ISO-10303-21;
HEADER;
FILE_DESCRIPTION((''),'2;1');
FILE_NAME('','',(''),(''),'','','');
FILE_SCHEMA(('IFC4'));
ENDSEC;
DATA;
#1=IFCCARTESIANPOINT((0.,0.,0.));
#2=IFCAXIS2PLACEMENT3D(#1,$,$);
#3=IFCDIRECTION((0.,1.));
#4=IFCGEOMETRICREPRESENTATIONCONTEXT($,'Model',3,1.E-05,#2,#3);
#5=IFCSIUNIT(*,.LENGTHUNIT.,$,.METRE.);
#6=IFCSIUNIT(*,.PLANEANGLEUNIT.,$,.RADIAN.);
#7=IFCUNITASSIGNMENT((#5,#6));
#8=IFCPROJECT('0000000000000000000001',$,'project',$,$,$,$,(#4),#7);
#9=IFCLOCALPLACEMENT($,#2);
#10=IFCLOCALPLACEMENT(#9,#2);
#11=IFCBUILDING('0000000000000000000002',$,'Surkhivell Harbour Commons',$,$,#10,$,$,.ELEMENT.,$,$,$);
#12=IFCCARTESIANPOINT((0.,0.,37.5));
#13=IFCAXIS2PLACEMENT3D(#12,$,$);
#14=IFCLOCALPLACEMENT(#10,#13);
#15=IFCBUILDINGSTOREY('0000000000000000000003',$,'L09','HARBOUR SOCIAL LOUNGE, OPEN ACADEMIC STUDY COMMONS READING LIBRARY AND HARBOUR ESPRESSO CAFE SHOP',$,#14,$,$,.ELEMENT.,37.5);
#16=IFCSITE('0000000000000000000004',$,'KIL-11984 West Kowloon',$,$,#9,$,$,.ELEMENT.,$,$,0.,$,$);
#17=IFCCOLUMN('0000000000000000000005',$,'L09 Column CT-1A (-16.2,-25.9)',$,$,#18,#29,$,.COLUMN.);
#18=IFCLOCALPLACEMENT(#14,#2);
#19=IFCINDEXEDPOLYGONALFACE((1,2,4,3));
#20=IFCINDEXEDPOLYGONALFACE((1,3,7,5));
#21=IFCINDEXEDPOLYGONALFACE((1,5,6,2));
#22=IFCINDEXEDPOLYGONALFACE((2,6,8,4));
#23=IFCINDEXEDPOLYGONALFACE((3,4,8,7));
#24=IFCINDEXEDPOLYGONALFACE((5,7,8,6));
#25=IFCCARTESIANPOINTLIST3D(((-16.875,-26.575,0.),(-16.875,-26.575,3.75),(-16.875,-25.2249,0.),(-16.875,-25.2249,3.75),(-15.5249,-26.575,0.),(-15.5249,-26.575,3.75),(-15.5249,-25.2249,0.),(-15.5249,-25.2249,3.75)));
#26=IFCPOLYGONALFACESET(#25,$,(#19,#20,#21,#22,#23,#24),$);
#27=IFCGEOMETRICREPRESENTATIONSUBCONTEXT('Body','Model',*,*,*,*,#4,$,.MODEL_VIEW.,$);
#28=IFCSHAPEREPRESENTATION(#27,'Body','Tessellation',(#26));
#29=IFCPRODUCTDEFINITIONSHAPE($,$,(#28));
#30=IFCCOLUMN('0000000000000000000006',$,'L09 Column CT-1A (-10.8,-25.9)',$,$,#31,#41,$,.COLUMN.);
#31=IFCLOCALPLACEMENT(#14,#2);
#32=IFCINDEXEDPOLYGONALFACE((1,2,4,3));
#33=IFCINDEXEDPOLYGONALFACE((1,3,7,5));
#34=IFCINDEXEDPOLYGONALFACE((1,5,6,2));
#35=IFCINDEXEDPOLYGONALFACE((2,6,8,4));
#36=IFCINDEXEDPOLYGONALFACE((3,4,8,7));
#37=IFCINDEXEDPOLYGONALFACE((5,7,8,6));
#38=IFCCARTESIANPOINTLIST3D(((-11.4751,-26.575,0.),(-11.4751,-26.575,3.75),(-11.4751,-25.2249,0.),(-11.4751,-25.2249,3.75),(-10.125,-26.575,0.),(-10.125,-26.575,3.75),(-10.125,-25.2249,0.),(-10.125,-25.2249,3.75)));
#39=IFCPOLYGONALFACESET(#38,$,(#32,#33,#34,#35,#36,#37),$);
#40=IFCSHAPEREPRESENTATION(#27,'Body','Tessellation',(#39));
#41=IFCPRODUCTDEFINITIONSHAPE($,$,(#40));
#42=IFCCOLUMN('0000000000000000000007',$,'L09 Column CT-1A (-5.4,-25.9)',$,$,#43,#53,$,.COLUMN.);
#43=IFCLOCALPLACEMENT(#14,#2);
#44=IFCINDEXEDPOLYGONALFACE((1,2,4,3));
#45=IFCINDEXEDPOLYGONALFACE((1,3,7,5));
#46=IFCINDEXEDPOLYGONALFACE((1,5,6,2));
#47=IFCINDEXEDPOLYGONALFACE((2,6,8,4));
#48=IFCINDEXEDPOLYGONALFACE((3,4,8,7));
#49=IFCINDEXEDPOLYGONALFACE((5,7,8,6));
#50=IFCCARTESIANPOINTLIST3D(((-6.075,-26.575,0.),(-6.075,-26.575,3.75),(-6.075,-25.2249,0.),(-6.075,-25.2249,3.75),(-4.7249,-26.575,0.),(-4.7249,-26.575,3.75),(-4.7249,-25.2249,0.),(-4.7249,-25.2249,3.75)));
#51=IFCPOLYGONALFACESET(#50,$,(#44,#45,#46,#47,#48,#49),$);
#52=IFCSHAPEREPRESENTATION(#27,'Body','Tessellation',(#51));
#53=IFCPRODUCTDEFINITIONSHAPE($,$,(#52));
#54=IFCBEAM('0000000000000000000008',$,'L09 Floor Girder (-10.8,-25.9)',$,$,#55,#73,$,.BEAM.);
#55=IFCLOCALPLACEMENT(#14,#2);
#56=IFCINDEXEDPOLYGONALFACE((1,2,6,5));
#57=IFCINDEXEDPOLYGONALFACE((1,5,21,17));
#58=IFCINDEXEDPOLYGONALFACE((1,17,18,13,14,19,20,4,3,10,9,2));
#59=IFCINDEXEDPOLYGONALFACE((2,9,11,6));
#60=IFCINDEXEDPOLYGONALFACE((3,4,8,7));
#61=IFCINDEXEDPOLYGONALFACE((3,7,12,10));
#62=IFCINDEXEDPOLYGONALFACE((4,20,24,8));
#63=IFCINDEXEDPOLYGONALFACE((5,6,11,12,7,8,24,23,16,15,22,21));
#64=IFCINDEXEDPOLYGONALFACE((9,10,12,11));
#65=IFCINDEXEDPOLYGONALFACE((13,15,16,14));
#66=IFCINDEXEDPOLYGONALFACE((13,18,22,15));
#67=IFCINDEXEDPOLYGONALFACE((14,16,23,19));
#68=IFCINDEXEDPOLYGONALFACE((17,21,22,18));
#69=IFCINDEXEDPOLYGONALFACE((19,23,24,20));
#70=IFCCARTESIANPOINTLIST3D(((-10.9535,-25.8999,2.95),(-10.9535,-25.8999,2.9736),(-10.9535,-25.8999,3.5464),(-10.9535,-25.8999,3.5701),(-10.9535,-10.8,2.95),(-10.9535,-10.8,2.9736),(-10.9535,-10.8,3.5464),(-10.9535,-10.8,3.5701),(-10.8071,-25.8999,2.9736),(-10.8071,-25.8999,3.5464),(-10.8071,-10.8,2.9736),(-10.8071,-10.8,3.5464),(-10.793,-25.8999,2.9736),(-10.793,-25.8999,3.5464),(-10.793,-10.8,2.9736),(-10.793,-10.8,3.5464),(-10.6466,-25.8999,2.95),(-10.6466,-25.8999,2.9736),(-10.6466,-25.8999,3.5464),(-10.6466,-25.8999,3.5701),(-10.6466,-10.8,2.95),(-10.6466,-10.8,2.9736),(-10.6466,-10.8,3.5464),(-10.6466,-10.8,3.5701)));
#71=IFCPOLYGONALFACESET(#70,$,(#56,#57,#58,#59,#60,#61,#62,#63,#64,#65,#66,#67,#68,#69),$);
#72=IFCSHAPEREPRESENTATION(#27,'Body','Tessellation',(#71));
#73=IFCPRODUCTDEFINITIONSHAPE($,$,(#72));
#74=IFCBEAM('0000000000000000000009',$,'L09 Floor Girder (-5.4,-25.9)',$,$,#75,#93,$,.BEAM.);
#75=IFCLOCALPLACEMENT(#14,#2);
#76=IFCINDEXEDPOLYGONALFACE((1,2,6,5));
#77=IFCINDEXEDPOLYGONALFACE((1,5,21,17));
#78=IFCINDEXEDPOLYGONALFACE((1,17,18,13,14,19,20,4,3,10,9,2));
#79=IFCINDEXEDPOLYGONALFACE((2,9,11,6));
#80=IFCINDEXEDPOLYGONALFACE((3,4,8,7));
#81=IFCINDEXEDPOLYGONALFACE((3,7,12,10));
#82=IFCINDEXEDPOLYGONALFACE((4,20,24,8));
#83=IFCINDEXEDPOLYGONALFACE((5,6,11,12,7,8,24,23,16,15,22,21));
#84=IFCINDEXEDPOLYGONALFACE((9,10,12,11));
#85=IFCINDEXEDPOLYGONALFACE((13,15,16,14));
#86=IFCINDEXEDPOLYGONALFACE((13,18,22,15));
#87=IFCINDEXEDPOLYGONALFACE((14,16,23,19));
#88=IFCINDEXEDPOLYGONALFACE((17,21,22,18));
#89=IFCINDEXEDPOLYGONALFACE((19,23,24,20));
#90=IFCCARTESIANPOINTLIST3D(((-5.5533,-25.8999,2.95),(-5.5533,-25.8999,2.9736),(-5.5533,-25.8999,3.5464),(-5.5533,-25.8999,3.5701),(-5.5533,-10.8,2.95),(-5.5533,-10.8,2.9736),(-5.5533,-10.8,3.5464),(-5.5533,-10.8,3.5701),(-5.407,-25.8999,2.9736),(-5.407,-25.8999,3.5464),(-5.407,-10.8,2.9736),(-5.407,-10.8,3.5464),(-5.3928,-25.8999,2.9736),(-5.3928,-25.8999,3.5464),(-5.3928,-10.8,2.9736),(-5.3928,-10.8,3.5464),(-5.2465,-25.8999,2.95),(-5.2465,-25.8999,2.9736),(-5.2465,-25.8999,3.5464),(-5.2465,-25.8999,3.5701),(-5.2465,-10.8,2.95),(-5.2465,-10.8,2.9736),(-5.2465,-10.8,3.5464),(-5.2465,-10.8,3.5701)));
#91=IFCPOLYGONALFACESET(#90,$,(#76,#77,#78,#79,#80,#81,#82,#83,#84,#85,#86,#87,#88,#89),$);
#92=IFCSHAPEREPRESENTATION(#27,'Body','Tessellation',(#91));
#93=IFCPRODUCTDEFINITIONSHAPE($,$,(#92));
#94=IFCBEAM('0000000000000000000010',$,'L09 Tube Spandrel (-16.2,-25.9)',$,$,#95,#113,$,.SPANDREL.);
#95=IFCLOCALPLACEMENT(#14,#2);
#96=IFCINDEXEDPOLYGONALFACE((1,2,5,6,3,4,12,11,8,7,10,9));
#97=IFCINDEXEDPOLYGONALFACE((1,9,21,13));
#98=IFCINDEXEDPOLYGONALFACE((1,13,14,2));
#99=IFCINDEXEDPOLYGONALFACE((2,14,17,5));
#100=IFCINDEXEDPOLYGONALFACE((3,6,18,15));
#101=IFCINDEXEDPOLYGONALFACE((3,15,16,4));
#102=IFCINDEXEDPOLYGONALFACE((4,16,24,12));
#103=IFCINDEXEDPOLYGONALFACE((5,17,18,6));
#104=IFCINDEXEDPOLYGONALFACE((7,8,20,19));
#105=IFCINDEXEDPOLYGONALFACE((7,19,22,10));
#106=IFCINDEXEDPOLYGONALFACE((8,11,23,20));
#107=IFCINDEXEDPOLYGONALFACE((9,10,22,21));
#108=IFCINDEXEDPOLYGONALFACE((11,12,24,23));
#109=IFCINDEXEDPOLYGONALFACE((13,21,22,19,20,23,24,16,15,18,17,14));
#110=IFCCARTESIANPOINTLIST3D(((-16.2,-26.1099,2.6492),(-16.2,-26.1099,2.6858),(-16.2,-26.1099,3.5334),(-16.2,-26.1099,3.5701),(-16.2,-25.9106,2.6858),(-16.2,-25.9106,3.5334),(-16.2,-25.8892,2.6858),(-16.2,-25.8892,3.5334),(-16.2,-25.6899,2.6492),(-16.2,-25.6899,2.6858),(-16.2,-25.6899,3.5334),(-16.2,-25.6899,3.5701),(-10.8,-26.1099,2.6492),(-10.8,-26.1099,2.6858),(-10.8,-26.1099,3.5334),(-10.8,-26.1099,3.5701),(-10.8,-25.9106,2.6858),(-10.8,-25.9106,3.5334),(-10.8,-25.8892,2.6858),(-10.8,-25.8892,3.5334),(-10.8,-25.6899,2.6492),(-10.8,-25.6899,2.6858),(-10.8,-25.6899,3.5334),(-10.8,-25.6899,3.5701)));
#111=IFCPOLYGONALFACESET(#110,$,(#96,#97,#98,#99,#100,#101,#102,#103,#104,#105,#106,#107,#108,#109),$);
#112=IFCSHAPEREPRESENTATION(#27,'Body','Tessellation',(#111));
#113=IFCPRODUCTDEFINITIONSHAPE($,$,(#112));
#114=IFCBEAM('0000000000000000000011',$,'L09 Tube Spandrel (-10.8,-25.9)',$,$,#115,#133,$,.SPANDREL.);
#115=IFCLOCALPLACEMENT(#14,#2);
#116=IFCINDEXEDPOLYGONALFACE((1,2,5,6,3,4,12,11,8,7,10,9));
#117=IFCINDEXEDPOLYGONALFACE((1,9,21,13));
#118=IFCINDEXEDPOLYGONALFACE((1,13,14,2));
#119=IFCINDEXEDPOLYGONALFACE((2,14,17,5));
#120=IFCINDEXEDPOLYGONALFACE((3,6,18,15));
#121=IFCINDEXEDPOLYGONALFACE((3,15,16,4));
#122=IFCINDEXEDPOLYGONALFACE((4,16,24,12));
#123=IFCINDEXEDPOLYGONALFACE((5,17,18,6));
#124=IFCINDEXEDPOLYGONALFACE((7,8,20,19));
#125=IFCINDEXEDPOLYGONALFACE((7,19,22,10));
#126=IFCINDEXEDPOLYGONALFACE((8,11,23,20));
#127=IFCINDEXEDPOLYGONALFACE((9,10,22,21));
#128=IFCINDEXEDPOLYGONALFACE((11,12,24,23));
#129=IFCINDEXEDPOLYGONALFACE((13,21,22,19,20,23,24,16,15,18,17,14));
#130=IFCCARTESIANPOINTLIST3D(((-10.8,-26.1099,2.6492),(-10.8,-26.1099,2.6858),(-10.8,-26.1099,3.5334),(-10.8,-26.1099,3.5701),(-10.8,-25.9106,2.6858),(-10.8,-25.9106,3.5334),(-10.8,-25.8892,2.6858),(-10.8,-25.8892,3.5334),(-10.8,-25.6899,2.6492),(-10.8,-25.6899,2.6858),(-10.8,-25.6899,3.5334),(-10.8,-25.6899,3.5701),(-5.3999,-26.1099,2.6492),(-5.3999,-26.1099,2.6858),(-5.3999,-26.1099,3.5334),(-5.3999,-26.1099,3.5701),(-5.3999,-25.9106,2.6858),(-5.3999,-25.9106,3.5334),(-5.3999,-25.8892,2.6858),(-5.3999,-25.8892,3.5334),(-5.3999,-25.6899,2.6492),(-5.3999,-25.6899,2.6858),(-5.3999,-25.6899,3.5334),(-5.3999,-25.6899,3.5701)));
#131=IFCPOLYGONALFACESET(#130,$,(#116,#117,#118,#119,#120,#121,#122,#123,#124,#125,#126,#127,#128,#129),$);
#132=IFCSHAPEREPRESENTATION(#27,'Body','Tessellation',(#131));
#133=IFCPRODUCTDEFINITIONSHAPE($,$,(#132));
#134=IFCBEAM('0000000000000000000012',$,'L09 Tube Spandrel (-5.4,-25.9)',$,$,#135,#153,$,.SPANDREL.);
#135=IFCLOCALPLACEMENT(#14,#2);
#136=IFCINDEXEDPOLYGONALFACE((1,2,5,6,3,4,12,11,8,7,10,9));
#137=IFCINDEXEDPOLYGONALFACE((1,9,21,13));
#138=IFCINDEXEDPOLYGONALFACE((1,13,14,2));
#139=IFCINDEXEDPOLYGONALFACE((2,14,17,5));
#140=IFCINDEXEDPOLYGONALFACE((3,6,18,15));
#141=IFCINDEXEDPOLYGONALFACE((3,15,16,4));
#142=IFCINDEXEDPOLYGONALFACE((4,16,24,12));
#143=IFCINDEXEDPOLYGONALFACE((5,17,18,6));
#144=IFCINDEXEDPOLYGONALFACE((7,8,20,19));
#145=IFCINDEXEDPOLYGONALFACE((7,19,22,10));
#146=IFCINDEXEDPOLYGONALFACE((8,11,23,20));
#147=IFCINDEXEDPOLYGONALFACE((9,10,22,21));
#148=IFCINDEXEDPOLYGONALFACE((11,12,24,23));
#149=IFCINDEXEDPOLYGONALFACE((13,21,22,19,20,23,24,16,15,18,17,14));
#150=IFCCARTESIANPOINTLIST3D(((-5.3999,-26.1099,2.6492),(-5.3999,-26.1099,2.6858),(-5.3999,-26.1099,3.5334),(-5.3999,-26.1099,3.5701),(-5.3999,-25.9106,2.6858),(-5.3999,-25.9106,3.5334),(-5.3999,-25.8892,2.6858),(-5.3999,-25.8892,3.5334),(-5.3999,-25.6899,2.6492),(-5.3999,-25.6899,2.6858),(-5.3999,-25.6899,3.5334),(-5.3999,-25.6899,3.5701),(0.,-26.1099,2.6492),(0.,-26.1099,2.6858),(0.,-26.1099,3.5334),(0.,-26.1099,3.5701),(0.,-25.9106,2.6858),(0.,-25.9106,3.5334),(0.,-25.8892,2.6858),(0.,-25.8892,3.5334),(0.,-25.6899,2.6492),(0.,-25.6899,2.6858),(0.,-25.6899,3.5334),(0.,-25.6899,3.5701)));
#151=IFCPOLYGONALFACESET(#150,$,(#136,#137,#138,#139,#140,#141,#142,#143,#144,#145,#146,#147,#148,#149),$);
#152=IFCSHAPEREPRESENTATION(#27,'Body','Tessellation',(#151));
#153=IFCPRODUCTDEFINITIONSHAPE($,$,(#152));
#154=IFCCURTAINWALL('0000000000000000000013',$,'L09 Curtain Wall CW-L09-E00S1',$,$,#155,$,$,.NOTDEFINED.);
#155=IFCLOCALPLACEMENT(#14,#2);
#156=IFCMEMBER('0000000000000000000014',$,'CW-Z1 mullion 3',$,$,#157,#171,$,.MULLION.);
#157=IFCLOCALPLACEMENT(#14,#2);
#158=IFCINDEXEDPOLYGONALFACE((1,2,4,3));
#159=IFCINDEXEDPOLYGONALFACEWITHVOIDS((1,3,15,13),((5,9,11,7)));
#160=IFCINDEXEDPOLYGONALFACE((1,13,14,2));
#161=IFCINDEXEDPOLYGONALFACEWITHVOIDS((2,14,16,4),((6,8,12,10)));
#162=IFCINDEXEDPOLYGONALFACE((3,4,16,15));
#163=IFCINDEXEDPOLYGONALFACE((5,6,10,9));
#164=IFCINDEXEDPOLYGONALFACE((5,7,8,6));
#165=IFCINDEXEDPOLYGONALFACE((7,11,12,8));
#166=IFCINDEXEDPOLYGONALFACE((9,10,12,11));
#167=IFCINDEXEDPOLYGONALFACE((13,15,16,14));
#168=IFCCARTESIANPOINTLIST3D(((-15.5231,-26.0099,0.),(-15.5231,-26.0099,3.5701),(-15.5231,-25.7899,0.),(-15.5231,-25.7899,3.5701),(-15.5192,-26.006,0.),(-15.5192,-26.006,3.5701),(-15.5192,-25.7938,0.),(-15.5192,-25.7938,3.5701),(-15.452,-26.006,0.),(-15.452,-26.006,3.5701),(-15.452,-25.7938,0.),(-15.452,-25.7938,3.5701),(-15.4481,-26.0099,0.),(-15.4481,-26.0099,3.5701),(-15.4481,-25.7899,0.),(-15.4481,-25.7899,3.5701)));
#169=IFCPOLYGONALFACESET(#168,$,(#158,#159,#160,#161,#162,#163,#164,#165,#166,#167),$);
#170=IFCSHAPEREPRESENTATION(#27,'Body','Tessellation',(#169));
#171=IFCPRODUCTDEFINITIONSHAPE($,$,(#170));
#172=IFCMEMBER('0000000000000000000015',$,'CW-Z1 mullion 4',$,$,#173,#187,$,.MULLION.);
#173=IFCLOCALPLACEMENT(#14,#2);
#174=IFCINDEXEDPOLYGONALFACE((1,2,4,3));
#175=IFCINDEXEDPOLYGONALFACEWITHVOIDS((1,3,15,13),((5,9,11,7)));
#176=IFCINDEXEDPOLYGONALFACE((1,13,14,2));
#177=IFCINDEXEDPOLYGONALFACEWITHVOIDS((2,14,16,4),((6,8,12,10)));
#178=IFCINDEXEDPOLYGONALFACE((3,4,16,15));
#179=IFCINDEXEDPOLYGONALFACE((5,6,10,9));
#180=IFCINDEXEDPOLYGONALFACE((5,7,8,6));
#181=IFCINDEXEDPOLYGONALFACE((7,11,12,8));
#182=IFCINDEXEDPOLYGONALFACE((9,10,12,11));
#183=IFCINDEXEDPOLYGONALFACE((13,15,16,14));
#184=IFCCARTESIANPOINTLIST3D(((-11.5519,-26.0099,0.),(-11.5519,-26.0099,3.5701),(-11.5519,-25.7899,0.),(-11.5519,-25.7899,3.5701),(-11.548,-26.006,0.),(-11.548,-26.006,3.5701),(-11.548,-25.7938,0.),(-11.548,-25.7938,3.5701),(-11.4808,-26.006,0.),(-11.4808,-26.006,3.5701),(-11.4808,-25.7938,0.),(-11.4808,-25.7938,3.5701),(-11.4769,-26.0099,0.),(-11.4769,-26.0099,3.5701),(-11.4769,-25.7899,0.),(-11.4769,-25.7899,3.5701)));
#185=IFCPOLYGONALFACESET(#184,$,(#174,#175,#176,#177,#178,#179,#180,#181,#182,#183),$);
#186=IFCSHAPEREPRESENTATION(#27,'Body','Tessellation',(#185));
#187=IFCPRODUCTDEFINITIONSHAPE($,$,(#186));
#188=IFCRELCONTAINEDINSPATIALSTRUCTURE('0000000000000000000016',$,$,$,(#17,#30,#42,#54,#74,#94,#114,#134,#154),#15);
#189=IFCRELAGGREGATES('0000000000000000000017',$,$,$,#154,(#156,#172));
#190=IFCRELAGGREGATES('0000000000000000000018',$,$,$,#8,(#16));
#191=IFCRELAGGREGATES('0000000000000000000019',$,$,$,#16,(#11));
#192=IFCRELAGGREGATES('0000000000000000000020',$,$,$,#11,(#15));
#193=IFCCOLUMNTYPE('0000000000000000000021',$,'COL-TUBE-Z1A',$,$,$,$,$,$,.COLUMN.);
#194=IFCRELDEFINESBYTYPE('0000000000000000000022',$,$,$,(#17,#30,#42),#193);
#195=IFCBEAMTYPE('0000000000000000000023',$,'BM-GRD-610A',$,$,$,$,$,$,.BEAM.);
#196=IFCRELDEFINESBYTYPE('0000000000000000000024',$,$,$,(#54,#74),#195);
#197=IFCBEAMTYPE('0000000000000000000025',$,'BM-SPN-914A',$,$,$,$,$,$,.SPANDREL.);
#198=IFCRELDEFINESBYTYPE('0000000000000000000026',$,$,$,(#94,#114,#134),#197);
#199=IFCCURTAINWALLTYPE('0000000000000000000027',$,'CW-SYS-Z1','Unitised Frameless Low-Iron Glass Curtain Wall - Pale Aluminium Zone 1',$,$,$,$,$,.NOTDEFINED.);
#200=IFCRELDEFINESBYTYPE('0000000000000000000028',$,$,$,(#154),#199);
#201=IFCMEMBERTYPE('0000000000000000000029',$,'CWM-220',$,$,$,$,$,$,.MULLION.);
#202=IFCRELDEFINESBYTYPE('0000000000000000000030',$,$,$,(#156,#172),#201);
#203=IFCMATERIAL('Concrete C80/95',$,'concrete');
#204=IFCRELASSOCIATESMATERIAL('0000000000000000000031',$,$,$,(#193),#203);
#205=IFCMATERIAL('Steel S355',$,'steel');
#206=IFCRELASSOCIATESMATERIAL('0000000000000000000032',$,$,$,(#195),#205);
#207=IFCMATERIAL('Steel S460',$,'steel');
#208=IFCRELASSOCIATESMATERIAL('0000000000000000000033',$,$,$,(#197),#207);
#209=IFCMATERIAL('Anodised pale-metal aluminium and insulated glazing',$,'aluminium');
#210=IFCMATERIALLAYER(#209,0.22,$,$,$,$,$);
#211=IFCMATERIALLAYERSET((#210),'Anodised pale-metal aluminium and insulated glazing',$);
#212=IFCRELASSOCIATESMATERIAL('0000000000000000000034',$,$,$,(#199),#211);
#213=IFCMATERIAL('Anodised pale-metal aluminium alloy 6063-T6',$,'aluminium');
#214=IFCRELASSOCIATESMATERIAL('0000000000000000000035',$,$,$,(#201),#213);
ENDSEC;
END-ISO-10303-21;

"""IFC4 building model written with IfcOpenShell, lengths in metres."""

from ifc_helpers import new_model, si_unit, direction, frame, origin, origin_2d, place, context, subcontext, project, spatial, rectangle, hollow_rectangle, i_section, extrude, material, layer, layer_set, material_profile, profile_set, type_object, element, aggregate, save


model = new_model("IFC4")

# Units and contexts
model_context = context("Model", 3, precision=1e-05, world=origin(), true_north=direction((0.0, 1.0)))
body_context = subcontext(model_context, "Body", "Model", "MODEL_VIEW")
ifc_project = project(units=[si_unit("LENGTHUNIT", "METRE"), si_unit("PLANEANGLEUNIT", "RADIAN")], contexts=[model_context])

# Site, building, storey
site_placement = place(None, origin())
site = spatial("IfcSite", under=ifc_project, at=site_placement, Name="KIL-11984 West Kowloon", CompositionType="ELEMENT", RefElevation=0.0)
building_placement = place(site_placement, origin())
building = spatial("IfcBuilding", under=site, at=building_placement, Name="Surkhivell Harbour Commons", CompositionType="ELEMENT")
storey_placement = place(building_placement, frame((0.0, 0.0, 37.5)))
storey = spatial("IfcBuildingStorey", under=building, at=storey_placement, Name="L09", Description="HARBOUR SOCIAL LOUNGE, OPEN ACADEMIC STUDY COMMONS READING LIBRARY AND HARBOUR ESPRESSO CAFE SHOP", CompositionType="ELEMENT", Elevation=37.5)

# Columns
ifc_material_1 = material(Name="Concrete C80/95", Category="concrete")
ifc_material_profile_1 = material_profile(ifc_material_1, rectangle(XDim=1.3501, YDim=1.3501, at=origin_2d()), Name="RC-COL-1350x1350")
ifc_profile_set_1 = profile_set([ifc_material_profile_1], Name="Concrete C80/95")
column_type = type_object("IfcColumnType", Name="COL-TUBE-Z1A", PredefinedType="COLUMN", material=ifc_profile_set_1)
for number, where, z_axis, x_axis, name in (
    (1, (-16.2, -25.8999, 0.0), (0.0, 0.0, 1.0), (1.0, 0.0, 0.0), "L09 Column CT-1A (-16.2,-25.9)"),
    (2, (-10.8, -25.8999, 0.0), (0.0, 0.0, 1.0), (1.0, 0.0, 0.0), "L09 Column CT-1A (-10.8,-25.9)"),
    (3, (-5.3999, -25.8999, 0.0), (0.0, 0.0, 1.0), (1.0, 0.0, 0.0), "L09 Column CT-1A (-5.4,-25.9)"),
):
    element("IfcColumn", number, at=place(storey_placement, frame(where, z_axis=z_axis, x_axis=x_axis)), inside=storey, type_object=column_type, Name=name, PredefinedType="COLUMN", context=body_context, shape_type="SweptSolid", body=[
        extrude(rectangle(XDim=1.3501, YDim=1.3501, at=origin_2d()), origin(), (0.0, 0.0, 1.0), 3.75),
    ])

# Beams
ifc_material_2 = material(Name="Steel S355", Category="steel")
ifc_material_profile_2 = material_profile(ifc_material_2, i_section(OverallWidth=0.3069, OverallDepth=0.6201, WebThickness=0.0142, FlangeThickness=0.0237, at=origin_2d()), Name="UB610x305x179")
ifc_profile_set_2 = profile_set([ifc_material_profile_2], Name="Steel S355")
beam_type_1 = type_object("IfcBeamType", Name="BM-GRD-610A", PredefinedType="BEAM", material=ifc_profile_set_2)
for number, where, z_axis, x_axis, name in (
    (4, (-10.8, -25.8999, 3.26), (0.0, 1.0, 0.0), (-1.0, 0.0, 0.0), "L09 Floor Girder (-10.8,-25.9)"),
    (5, (-5.3999, -25.8999, 3.26), (0.0, 1.0, 0.0), (-1.0, 0.0, 0.0), "L09 Floor Girder (-5.4,-25.9)"),
):
    element("IfcBeam", number, at=place(storey_placement, frame(where, z_axis=z_axis, x_axis=x_axis)), inside=storey, type_object=beam_type_1, Name=name, PredefinedType="BEAM", context=body_context, shape_type="SweptSolid", body=[
        extrude(i_section(OverallWidth=0.3069, OverallDepth=0.6201, WebThickness=0.0142, FlangeThickness=0.0237, at=origin_2d()), origin(), (0.0, 0.0, 1.0), 15.0999),
    ])
ifc_material_3 = material(Name="Steel S460", Category="steel")
ifc_material_profile_3 = material_profile(ifc_material_3, i_section(OverallWidth=0.4199, OverallDepth=0.9209, WebThickness=0.0215, FlangeThickness=0.0366, at=origin_2d()), Name="UB914x419x388")
ifc_profile_set_3 = profile_set([ifc_material_profile_3], Name="Steel S460")
beam_type_2 = type_object("IfcBeamType", Name="BM-SPN-914A", PredefinedType="SPANDREL", material=ifc_profile_set_3)
beam_1_placement = place(storey_placement, frame((-16.2, -25.8999, 3.1096), z_axis=(1.0, 0.0, 0.0), x_axis=(0.0, 1.0, 0.0)))
element("IfcBeam", 6, at=beam_1_placement, inside=storey, type_object=beam_type_2, Name="L09 Tube Spandrel (-16.2,-25.9)", PredefinedType="SPANDREL", context=body_context, shape_type="SweptSolid", body=[
    extrude(i_section(OverallWidth=0.4199, OverallDepth=0.9209, WebThickness=0.0215, FlangeThickness=0.0366, at=origin_2d()), origin(), (0.0, 0.0, 1.0), 5.3999),
])
beam_2_placement = place(storey_placement, frame((-10.8, -25.8999, 3.1096), z_axis=(1.0, 0.0, 0.0), x_axis=(0.0, 1.0, 0.0)))
element("IfcBeam", 7, at=beam_2_placement, inside=storey, type_object=beam_type_2, Name="L09 Tube Spandrel (-10.8,-25.9)", PredefinedType="SPANDREL", context=body_context, shape_type="SweptSolid", body=[
    extrude(i_section(OverallWidth=0.4199, OverallDepth=0.9209, WebThickness=0.0215, FlangeThickness=0.0366, at=origin_2d()), origin(), (0.0, 0.0, 1.0), 5.4001),
])
beam_3_placement = place(storey_placement, frame((-5.3999, -25.8999, 3.1096), z_axis=(1.0, 0.0, 0.0), x_axis=(0.0, 1.0, 0.0)))
element("IfcBeam", 8, at=beam_3_placement, inside=storey, type_object=beam_type_2, Name="L09 Tube Spandrel (-5.4,-25.9)", PredefinedType="SPANDREL", context=body_context, shape_type="SweptSolid", body=[
    extrude(i_section(OverallWidth=0.4199, OverallDepth=0.9209, WebThickness=0.0215, FlangeThickness=0.0366, at=origin_2d()), origin(), (0.0, 0.0, 1.0), 5.3999),
])

# Curtain wall, members
ifc_material_4 = material(Name="Anodised pale-metal aluminium and insulated glazing", Category="aluminium")
ifc_layer_1 = layer(ifc_material_4, 0.22)
ifc_layer_set_1 = layer_set([ifc_layer_1], Name="Anodised pale-metal aluminium and insulated glazing")
curtain_wall_type = type_object("IfcCurtainWallType", Name="CW-SYS-Z1", Description="Unitised Frameless Low-Iron Glass Curtain Wall - Pale Aluminium Zone 1", PredefinedType="NOTDEFINED", material=ifc_layer_set_1)
curtain_wall_placement = place(storey_placement, origin())
curtain_wall = element("IfcCurtainWall", 9, at=curtain_wall_placement, inside=storey, type_object=curtain_wall_type, Name="L09 Curtain Wall CW-L09-E00S1", PredefinedType="NOTDEFINED")
ifc_material_5 = material(Name="Anodised pale-metal aluminium alloy 6063-T6", Category="aluminium")
ifc_material_profile_4 = material_profile(ifc_material_5, hollow_rectangle(XDim=0.075, YDim=0.22, WallThickness=0.0039, at=origin_2d()), Name="ALU-MULL-75x220")
ifc_profile_set_4 = profile_set([ifc_material_profile_4], Name="Anodised pale-metal aluminium alloy 6063-T6")
member_type_1 = type_object("IfcMemberType", Name="CWM-220", PredefinedType="MULLION", material=ifc_profile_set_4)
member_1_placement = place(storey_placement, frame((-15.4856, -25.8999, 0.0), z_axis=(0.0, 0.0, 1.0), x_axis=(1.0, 0.0, 0.0)))
member_1 = element("IfcMember", 10, at=member_1_placement, type_object=member_type_1, Name="CW-Z1 mullion 3", PredefinedType="MULLION", context=body_context, shape_type="SweptSolid", body=[
    extrude(hollow_rectangle(XDim=0.075, YDim=0.22, WallThickness=0.0039, at=origin_2d()), origin(), (0.0, 0.0, 1.0), 3.5701),
])
member_2_placement = place(storey_placement, frame((-11.5144, -25.8999, 0.0), z_axis=(0.0, 0.0, 1.0), x_axis=(1.0, 0.0, 0.0)))
member_2 = element("IfcMember", 11, at=member_2_placement, type_object=member_type_1, Name="CW-Z1 mullion 4", PredefinedType="MULLION", context=body_context, shape_type="SweptSolid", body=[
    extrude(hollow_rectangle(XDim=0.075, YDim=0.22, WallThickness=0.0039, at=origin_2d()), origin(), (0.0, 0.0, 1.0), 3.5701),
])

aggregate(curtain_wall, [member_1, member_2])

save(model, "model.ifc")
